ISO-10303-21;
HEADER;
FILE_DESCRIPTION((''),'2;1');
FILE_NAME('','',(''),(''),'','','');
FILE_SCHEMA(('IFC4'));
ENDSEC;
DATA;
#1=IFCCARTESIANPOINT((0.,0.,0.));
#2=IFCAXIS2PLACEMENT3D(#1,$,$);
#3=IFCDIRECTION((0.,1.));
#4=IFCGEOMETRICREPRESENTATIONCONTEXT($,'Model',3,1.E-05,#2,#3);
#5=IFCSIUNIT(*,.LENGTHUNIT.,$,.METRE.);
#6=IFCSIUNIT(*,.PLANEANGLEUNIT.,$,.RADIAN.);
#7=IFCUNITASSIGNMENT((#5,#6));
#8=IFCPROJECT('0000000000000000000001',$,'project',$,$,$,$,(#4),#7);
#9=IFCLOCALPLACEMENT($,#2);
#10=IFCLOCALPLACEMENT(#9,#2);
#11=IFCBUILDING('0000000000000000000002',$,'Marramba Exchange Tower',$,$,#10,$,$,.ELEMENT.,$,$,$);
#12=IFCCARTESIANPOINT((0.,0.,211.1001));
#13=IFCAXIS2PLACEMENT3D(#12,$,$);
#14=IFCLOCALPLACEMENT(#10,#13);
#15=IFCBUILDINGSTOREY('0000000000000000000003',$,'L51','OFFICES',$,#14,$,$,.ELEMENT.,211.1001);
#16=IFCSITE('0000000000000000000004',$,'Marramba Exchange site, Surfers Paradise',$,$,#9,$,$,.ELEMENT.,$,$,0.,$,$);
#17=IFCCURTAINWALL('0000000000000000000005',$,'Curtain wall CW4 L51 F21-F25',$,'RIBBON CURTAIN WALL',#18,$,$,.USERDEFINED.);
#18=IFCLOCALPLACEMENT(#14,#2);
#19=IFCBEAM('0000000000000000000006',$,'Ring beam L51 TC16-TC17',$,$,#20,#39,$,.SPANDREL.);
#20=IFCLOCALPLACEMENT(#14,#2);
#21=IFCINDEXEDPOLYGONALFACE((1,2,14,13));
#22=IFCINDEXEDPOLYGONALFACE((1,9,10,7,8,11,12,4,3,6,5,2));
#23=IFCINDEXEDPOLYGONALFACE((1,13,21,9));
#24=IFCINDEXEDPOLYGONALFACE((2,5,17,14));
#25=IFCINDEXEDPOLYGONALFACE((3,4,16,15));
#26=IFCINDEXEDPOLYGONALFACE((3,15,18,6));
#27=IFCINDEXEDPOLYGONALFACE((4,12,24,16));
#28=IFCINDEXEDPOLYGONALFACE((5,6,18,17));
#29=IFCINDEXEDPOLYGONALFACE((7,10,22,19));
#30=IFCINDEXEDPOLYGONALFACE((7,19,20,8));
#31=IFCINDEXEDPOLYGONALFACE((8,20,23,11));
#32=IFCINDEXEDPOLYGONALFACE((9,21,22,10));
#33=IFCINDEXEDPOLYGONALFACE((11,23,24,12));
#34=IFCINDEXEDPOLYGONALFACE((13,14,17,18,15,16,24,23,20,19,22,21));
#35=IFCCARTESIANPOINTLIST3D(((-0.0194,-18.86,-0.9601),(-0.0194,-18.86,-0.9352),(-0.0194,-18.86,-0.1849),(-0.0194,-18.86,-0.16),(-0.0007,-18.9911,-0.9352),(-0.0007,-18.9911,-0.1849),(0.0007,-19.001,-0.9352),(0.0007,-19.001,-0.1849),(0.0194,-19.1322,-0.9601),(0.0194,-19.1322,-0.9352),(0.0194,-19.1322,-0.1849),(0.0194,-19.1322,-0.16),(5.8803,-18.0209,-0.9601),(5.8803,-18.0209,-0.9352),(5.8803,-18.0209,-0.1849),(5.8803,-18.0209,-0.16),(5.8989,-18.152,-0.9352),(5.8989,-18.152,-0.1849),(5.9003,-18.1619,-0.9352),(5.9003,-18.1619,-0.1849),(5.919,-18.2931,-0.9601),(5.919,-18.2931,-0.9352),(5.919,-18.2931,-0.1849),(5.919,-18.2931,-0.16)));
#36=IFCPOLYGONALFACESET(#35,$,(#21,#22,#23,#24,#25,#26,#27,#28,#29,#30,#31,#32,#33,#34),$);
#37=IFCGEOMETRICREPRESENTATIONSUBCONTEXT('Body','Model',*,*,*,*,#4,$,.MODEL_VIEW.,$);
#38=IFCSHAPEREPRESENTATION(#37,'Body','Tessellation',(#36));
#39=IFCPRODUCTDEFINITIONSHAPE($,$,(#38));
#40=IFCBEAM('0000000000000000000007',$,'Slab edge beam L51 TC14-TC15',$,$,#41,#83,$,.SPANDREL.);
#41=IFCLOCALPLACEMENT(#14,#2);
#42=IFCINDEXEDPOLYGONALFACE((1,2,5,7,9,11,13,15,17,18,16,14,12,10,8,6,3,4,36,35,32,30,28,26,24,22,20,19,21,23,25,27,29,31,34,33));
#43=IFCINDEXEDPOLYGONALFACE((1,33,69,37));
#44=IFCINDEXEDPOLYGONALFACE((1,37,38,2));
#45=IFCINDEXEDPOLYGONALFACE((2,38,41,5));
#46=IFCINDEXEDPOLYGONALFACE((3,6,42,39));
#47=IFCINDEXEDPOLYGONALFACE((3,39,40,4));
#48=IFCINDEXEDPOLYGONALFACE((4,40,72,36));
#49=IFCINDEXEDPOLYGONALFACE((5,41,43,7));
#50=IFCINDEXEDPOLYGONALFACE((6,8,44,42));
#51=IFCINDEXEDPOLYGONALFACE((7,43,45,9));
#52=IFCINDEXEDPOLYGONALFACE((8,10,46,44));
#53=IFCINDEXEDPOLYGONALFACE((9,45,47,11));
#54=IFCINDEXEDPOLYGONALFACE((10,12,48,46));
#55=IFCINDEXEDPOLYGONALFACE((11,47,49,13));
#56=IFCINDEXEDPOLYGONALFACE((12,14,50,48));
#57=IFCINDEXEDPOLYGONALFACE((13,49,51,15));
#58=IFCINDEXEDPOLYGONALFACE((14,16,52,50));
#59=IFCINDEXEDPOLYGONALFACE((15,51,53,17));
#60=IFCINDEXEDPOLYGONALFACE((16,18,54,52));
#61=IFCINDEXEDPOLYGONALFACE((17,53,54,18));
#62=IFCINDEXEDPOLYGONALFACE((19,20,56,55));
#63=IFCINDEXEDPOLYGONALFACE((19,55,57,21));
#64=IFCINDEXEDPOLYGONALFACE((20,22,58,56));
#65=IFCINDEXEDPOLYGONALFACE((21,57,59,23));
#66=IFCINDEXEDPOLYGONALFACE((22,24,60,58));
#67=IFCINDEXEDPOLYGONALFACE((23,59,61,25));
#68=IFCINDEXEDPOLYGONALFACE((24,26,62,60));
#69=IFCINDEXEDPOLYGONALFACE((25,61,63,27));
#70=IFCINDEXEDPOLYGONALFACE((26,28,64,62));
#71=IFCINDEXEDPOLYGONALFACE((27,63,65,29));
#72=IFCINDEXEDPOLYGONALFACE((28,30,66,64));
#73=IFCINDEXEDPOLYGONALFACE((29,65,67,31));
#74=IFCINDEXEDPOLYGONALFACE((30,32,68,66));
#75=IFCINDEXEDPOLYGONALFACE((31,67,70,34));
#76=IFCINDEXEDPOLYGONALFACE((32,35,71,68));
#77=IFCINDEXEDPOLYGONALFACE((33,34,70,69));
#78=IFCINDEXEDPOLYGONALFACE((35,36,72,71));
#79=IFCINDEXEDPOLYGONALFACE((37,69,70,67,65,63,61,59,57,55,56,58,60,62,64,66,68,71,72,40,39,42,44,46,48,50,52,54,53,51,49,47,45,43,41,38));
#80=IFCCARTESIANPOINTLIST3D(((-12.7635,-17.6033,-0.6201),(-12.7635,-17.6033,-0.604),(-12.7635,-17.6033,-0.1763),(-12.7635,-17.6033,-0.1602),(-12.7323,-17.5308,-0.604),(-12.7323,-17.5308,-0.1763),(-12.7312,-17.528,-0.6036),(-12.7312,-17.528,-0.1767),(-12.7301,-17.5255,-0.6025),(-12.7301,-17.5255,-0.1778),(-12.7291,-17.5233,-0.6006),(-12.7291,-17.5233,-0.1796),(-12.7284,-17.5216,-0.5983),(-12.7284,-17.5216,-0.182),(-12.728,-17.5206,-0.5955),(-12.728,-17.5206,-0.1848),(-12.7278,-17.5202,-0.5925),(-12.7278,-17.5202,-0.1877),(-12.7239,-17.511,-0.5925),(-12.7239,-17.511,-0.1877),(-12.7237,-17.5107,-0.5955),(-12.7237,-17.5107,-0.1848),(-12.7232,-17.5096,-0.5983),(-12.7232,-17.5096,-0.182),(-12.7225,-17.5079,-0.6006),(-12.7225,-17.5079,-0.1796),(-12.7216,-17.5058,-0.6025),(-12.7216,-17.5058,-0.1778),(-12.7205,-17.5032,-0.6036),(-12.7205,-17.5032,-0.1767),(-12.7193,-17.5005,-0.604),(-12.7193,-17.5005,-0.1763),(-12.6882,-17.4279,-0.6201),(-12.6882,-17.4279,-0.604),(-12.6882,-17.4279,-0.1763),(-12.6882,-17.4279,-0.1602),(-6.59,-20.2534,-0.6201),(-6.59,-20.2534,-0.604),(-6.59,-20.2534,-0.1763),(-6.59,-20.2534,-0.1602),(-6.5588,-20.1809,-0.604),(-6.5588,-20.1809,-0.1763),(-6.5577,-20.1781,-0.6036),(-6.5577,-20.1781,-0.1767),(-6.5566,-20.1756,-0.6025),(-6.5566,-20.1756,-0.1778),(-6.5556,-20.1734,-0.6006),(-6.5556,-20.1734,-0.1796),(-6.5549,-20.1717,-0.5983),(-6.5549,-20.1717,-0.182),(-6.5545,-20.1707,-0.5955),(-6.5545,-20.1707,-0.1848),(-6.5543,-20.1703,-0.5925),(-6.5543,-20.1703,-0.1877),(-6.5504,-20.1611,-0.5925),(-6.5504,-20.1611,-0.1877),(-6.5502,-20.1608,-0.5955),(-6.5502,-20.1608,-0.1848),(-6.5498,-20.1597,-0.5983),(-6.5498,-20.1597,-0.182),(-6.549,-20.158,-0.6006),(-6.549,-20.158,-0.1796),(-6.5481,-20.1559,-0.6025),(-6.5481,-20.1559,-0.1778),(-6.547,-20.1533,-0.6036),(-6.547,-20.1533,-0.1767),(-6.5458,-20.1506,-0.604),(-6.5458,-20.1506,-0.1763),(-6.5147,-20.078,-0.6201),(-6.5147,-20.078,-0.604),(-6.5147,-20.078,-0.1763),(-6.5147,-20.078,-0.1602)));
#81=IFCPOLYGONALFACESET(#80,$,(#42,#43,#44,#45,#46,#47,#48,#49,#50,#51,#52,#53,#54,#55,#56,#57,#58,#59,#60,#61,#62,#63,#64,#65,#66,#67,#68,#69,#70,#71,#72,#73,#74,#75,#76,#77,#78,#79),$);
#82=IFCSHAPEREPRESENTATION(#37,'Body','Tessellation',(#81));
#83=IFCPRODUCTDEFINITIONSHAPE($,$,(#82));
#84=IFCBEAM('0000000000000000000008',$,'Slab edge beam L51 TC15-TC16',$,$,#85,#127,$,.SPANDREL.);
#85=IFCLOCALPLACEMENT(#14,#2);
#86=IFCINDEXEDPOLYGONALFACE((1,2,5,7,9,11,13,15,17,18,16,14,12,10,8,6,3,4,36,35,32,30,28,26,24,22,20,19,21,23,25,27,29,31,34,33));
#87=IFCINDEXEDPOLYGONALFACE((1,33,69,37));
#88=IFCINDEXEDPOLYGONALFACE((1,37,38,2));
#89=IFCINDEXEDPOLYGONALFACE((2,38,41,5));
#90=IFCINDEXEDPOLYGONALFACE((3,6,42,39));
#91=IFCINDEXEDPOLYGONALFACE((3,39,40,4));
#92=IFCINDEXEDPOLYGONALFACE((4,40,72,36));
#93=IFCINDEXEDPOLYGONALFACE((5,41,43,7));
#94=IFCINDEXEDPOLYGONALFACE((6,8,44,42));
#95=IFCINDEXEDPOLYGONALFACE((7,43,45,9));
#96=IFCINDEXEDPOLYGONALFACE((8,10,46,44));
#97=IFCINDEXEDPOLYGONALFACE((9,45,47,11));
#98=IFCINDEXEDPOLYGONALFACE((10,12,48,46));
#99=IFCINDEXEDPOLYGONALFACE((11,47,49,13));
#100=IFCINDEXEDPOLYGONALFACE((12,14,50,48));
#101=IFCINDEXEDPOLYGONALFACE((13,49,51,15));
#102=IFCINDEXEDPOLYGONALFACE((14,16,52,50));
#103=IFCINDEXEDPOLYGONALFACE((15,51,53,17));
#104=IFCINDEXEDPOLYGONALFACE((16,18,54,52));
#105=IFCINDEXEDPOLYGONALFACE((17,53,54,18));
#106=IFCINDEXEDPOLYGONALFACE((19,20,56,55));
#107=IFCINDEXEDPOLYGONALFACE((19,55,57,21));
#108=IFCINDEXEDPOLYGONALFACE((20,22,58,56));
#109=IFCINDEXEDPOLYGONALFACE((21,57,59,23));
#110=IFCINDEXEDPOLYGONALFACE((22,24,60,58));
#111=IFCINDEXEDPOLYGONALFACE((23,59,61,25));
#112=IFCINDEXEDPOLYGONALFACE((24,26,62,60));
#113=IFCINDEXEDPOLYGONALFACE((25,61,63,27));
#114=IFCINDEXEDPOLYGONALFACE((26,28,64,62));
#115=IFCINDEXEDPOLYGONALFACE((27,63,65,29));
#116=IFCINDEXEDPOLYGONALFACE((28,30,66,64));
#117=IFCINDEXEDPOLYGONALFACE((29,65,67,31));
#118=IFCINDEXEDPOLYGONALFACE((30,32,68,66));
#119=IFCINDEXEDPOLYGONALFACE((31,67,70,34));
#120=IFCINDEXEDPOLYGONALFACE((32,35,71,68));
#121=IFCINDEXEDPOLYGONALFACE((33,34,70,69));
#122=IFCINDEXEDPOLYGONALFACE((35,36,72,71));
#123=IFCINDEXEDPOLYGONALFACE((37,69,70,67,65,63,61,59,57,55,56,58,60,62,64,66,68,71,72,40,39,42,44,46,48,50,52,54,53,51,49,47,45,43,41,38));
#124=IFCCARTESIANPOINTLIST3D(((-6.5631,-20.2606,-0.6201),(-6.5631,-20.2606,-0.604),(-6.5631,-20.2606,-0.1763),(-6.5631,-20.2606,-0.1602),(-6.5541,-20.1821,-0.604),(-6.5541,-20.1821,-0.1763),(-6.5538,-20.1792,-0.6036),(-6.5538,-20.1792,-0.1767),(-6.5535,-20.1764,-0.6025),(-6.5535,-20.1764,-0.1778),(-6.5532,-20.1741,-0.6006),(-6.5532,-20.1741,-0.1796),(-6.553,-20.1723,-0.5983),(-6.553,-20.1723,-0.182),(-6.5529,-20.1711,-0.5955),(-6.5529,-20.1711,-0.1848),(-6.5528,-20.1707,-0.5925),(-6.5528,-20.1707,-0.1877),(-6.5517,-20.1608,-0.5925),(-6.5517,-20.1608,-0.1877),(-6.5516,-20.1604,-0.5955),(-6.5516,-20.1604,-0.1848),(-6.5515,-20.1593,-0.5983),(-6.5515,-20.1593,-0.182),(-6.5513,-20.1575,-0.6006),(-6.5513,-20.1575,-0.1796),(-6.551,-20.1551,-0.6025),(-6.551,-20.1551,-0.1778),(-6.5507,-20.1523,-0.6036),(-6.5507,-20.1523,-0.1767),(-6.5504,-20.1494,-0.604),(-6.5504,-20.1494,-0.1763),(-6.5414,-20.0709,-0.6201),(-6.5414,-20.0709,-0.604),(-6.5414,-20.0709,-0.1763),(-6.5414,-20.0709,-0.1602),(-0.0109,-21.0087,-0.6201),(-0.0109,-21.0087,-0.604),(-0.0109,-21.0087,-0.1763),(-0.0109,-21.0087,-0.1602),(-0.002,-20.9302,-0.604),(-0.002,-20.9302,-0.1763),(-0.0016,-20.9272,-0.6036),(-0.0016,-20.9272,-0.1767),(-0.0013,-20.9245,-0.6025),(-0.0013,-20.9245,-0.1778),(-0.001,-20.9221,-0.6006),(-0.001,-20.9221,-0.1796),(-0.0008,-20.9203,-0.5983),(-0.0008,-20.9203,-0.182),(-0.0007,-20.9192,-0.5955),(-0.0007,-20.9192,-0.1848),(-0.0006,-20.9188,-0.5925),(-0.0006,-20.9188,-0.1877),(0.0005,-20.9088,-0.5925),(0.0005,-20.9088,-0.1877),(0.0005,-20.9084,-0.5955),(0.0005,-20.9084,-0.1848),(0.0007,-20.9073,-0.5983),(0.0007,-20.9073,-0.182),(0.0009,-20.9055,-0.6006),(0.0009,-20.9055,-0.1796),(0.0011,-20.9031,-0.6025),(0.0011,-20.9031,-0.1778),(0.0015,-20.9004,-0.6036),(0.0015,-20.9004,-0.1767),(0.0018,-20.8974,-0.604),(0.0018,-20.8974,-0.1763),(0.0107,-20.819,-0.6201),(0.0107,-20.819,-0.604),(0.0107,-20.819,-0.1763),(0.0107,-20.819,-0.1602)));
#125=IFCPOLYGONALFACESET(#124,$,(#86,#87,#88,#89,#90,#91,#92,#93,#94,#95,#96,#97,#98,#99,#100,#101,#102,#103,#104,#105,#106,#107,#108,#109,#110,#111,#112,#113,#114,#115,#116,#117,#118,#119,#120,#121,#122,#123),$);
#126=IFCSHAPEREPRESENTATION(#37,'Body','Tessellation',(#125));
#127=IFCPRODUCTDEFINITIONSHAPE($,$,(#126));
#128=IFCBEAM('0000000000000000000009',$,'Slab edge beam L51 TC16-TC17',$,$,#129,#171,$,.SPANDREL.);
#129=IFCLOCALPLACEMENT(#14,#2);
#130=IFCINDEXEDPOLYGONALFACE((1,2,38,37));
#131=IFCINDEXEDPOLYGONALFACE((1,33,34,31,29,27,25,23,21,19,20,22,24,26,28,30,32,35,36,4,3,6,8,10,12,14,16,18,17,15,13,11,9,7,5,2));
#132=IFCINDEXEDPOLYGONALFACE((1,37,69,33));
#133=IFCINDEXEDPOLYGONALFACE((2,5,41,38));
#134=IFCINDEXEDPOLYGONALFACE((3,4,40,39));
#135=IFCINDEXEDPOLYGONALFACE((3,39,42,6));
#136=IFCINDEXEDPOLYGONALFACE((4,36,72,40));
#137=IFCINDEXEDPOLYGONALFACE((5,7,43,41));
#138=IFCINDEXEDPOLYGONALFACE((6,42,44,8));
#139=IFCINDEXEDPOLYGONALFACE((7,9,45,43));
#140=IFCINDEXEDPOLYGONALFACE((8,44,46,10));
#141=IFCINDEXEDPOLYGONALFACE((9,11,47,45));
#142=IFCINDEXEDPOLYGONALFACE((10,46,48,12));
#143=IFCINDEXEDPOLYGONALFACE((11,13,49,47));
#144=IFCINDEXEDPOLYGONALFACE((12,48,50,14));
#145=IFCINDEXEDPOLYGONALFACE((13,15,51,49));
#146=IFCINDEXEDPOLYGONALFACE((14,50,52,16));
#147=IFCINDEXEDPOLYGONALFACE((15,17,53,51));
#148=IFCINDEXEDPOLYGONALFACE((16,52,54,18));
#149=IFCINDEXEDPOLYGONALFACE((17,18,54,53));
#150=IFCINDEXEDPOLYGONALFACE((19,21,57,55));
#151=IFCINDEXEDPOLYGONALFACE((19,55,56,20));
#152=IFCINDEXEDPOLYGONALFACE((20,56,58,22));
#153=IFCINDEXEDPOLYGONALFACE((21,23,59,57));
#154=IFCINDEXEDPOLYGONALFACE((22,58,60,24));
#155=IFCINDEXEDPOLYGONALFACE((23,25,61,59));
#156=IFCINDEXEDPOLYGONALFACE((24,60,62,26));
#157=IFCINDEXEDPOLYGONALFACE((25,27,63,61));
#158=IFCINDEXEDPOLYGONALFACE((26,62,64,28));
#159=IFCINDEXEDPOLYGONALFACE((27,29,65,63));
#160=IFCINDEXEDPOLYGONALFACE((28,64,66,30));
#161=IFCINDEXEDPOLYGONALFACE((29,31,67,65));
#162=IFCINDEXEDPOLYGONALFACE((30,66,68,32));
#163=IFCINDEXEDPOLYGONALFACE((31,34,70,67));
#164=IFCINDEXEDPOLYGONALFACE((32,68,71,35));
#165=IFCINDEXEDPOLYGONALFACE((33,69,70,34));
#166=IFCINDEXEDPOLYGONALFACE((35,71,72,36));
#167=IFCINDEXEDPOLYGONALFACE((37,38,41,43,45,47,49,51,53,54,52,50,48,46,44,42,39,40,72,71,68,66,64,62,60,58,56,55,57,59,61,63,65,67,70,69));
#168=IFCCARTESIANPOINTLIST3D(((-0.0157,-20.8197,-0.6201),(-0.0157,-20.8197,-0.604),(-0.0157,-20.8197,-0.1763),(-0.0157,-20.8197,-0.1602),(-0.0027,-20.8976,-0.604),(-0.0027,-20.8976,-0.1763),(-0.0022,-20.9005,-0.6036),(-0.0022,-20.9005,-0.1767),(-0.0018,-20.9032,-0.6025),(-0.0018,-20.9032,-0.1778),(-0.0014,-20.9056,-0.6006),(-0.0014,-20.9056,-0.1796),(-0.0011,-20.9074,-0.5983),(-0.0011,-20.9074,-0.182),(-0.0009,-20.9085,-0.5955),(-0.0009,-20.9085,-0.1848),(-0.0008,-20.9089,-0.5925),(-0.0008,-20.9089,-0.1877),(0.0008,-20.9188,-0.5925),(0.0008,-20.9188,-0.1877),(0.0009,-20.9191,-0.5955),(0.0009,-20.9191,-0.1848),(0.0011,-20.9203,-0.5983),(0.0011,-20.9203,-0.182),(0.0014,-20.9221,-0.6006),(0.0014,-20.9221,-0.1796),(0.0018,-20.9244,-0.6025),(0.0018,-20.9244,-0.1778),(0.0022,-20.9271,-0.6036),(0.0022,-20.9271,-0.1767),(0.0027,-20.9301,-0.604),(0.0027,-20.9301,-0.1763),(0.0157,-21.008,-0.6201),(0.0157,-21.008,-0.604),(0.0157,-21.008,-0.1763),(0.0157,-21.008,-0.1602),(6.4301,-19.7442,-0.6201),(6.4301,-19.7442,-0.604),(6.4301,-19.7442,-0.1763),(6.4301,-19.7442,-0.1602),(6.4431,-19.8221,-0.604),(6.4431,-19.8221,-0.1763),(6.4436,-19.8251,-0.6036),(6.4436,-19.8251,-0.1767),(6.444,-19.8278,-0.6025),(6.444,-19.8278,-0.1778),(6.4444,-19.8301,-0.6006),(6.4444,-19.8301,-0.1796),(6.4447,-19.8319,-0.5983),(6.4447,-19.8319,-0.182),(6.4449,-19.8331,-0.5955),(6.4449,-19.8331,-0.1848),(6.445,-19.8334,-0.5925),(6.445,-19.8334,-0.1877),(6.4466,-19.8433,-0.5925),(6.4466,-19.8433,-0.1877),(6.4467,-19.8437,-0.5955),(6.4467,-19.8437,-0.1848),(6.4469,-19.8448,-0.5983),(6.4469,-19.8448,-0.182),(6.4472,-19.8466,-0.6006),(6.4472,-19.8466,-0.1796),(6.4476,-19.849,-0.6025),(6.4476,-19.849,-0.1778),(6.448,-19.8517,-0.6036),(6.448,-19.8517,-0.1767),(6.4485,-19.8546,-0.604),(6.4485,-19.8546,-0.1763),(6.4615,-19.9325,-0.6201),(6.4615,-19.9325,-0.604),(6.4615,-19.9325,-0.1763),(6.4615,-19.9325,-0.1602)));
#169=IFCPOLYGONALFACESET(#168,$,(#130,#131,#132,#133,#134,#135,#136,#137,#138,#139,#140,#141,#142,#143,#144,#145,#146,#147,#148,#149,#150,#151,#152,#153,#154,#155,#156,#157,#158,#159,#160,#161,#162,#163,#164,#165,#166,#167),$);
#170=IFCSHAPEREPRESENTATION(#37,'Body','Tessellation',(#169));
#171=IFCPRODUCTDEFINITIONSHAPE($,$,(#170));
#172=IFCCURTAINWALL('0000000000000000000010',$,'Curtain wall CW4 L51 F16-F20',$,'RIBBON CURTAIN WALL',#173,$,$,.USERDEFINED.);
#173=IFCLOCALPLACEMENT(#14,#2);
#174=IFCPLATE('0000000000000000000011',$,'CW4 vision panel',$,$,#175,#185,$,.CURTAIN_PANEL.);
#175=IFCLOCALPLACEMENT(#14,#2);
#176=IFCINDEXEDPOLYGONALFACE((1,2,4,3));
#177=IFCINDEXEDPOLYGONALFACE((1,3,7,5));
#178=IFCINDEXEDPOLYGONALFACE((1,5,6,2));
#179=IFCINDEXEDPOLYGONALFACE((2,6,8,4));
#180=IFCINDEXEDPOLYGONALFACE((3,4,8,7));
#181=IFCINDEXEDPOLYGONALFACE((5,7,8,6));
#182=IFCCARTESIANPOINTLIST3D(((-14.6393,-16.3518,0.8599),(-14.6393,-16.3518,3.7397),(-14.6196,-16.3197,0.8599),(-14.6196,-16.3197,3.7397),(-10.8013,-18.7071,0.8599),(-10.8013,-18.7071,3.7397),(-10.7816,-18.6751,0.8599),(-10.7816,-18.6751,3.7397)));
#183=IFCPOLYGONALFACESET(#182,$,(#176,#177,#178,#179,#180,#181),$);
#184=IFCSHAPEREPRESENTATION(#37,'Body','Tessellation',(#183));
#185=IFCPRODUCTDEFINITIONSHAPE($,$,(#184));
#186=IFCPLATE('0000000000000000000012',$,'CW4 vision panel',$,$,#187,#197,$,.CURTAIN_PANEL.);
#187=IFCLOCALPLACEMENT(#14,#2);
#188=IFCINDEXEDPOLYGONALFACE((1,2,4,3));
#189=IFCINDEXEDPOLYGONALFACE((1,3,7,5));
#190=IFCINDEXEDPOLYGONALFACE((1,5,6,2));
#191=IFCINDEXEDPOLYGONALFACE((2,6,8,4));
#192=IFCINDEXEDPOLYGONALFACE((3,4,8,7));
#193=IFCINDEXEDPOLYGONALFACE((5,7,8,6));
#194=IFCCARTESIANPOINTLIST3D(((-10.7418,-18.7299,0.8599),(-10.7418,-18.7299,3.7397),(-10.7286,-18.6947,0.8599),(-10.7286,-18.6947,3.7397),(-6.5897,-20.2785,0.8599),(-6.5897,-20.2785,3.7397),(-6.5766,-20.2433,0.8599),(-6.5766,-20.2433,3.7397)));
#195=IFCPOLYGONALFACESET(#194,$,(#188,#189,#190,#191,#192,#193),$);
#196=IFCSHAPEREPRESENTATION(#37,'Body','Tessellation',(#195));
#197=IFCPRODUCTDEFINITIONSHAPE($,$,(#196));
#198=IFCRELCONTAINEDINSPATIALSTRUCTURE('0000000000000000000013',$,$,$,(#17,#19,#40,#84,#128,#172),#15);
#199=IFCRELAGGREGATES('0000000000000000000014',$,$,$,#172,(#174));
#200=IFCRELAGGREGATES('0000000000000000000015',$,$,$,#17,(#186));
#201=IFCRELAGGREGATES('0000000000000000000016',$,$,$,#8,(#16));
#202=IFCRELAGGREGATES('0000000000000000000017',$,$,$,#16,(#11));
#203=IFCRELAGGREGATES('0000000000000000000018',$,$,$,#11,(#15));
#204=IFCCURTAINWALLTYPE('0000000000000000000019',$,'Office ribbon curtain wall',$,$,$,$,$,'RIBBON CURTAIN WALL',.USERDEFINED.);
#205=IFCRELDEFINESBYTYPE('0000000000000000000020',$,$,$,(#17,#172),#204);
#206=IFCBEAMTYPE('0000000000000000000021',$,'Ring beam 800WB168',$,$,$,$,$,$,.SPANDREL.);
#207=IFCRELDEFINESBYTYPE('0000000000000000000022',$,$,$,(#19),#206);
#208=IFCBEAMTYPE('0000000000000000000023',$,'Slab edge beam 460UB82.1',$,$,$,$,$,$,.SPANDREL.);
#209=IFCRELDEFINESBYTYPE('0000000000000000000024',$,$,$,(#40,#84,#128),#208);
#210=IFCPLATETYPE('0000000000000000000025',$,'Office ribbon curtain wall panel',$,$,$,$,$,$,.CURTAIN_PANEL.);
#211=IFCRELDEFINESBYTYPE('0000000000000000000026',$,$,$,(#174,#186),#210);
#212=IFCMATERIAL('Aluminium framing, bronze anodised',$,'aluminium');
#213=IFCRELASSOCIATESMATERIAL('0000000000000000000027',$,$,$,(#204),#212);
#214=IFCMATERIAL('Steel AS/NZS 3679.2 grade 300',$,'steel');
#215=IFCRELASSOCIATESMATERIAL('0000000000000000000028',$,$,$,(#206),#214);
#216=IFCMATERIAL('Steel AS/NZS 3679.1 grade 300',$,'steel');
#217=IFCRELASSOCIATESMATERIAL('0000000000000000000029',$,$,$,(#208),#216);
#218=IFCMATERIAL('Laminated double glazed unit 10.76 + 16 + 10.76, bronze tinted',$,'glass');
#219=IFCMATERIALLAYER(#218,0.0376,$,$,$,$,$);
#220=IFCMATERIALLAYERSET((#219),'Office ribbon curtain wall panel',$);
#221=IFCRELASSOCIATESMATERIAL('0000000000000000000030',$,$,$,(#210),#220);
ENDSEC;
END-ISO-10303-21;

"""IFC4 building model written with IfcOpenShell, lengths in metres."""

from ifc_helpers import new_model, si_unit, direction, frame, origin, origin_2d, place, context, subcontext, project, spatial, rectangle, i_section, extrude, material, layer, layer_set, material_profile, profile_set, type_object, element, aggregate, save


model = new_model("IFC4")

# Units and contexts
model_context = context("Model", 3, precision=1e-05, world=origin(), true_north=direction((0.0, 1.0)))
body_context = subcontext(model_context, "Body", "Model", "MODEL_VIEW")
ifc_project = project(units=[si_unit("LENGTHUNIT", "METRE"), si_unit("PLANEANGLEUNIT", "RADIAN")], contexts=[model_context])

# Site, building, storey
site_placement = place(None, origin())
site = spatial("IfcSite", under=ifc_project, at=site_placement, Name="Marramba Exchange site, Surfers Paradise", CompositionType="ELEMENT", RefElevation=0.0)
building_placement = place(site_placement, origin())
building = spatial("IfcBuilding", under=site, at=building_placement, Name="Marramba Exchange Tower", CompositionType="ELEMENT")
storey_placement = place(building_placement, frame((0.0, 0.0, 211.1001)))
storey = spatial("IfcBuildingStorey", under=building, at=storey_placement, Name="L51", Description="OFFICES", CompositionType="ELEMENT", Elevation=211.1001)

# Shared definitions
ifc_material_1 = material(Name="Steel AS/NZS 3679.2 grade 300", Category="steel")

# Curtain wall
ifc_material_2 = material(Name="Aluminium framing, bronze anodised", Category="aluminium")
curtain_wall_type = type_object("IfcCurtainWallType", Name="Office ribbon curtain wall", ElementType="RIBBON CURTAIN WALL", PredefinedType="USERDEFINED", material=ifc_material_2)
curtain_wall_1_placement = place(storey_placement, origin())
curtain_wall_1 = element("IfcCurtainWall", 1, at=curtain_wall_1_placement, inside=storey, type_object=curtain_wall_type, Name="Curtain wall CW4 L51 F21-F25", ObjectType="RIBBON CURTAIN WALL", PredefinedType="USERDEFINED")

# Beams
ifc_material_profile_1 = material_profile(ifc_material_1, i_section(OverallWidth=0.2749, OverallDepth=0.8, WebThickness=0.01, FlangeThickness=0.0249, at=origin_2d()), Name="800WB168")
ifc_profile_set_1 = profile_set([ifc_material_profile_1], Name="Steel AS/NZS 3679.2 grade 300")
beam_type_1 = type_object("IfcBeamType", Name="Ring beam 800WB168", PredefinedType="SPANDREL", material=ifc_profile_set_1)
for number, where, z_axis, x_axis, name in (
    (2, (0.0, -18.9961, -0.5601), (0.990036, 0.140813, 0.0), (-0.140813, 0.990036, 0.0), "Ring beam L51 TC16-TC17"),
):
    element("IfcBeam", number, at=place(storey_placement, frame(where, z_axis=z_axis, x_axis=x_axis)), inside=storey, type_object=beam_type_1, Name=name, PredefinedType="SPANDREL", context=body_context, shape_type="SweptSolid", body=[
        extrude(i_section(OverallWidth=0.2749, OverallDepth=0.8, WebThickness=0.01, FlangeThickness=0.0249, at=origin_2d()), origin(), (0.0, 0.0, 1.0), 5.959),
    ])
ifc_material_3 = material(Name="Steel AS/NZS 3679.1 grade 300", Category="steel")
ifc_material_profile_2 = material_profile(ifc_material_3, i_section(OverallWidth=0.1909, OverallDepth=0.46, WebThickness=0.01, FlangeThickness=0.0161, FilletRadius=0.0115, at=origin_2d()), Name="460UB82.1")
ifc_profile_set_2 = profile_set([ifc_material_profile_2], Name="Steel AS/NZS 3679.1 grade 300")
beam_type_2 = type_object("IfcBeamType", Name="Slab edge beam 460UB82.1", PredefinedType="SPANDREL", material=ifc_profile_set_2)
beam_1_placement = place(storey_placement, frame((-12.7258, -17.5156, -0.3901), z_axis=(0.918912, -0.394463, 0.0), x_axis=(0.394463, 0.918912, 0.0)))
element("IfcBeam", 3, at=beam_1_placement, inside=storey, type_object=beam_type_2, Name="Slab edge beam L51 TC14-TC15", PredefinedType="SPANDREL", context=body_context, shape_type="SweptSolid", body=[
    extrude(i_section(OverallWidth=0.1909, OverallDepth=0.46, WebThickness=0.01, FlangeThickness=0.0161, FilletRadius=0.0115, at=origin_2d()), origin(), (0.0, 0.0, 1.0), 6.7183),
])
beam_2_placement = place(storey_placement, frame((-6.5522, -20.1658, -0.3901), z_axis=(0.993546, -0.11343, 0.0), x_axis=(0.11343, 0.993546, 0.0)))
element("IfcBeam", 4, at=beam_2_placement, inside=storey, type_object=beam_type_2, Name="Slab edge beam L51 TC15-TC16", PredefinedType="SPANDREL", context=body_context, shape_type="SweptSolid", body=[
    extrude(i_section(OverallWidth=0.1909, OverallDepth=0.46, WebThickness=0.01, FlangeThickness=0.0161, FilletRadius=0.0115, at=origin_2d()), origin(), (0.0, 0.0, 1.0), 6.5947),
])
beam_3_placement = place(storey_placement, frame((0.0, -20.9138, -0.3901), z_axis=(0.986366, 0.164569, 0.0), x_axis=(-0.164569, 0.986366, 0.0)))
element("IfcBeam", 5, at=beam_3_placement, inside=storey, type_object=beam_type_2, Name="Slab edge beam L51 TC16-TC17", PredefinedType="SPANDREL", context=body_context, shape_type="SweptSolid", body=[
    extrude(i_section(OverallWidth=0.1909, OverallDepth=0.46, WebThickness=0.01, FlangeThickness=0.0161, FilletRadius=0.0115, at=origin_2d()), origin(), (0.0, 0.0, 1.0), 6.5349),
])

# Curtain wall, plate
curtain_wall_2_placement = place(storey_placement, origin())
curtain_wall_2 = element("IfcCurtainWall", 6, at=curtain_wall_2_placement, inside=storey, type_object=curtain_wall_type, Name="Curtain wall CW4 L51 F16-F20", ObjectType="RIBBON CURTAIN WALL", PredefinedType="USERDEFINED")
ifc_material_4 = material(Name="Laminated double glazed unit 10.76 + 16 + 10.76, bronze tinted", Category="glass")
ifc_layer_1 = layer(ifc_material_4, 0.0376)
ifc_layer_set_1 = layer_set([ifc_layer_1], Name="Office ribbon curtain wall panel")
plate_type = type_object("IfcPlateType", Name="Office ribbon curtain wall panel", PredefinedType="CURTAIN_PANEL", material=ifc_layer_set_1)
plate_1_placement = place(storey_placement, frame((-12.7104, -17.5134, 0.8599), z_axis=(0.0, 0.0, 1.0), x_axis=(0.852301, -0.523052, 0.0)))
plate_1 = element("IfcPlate", 7, at=plate_1_placement, type_object=plate_type, Name="CW4 vision panel", PredefinedType="CURTAIN_PANEL", context=body_context, shape_type="SweptSolid", body=[
    extrude(rectangle(XDim=4.5032, YDim=0.0376, at=origin_2d()), origin(), (0.0, 0.0, 1.0), 2.8799),
])
aggregate(curtain_wall_2, [plate_1])

# Plate
plate_2_placement = place(storey_placement, frame((-8.6592, -19.4866, 0.8599), z_axis=(0.0, 0.0, 1.0), x_axis=(0.936952, -0.349459, 0.0)))
plate_2 = element("IfcPlate", 8, at=plate_2_placement, type_object=plate_type, Name="CW4 vision panel", PredefinedType="CURTAIN_PANEL", context=body_context, shape_type="SweptSolid", body=[
    extrude(rectangle(XDim=4.4314, YDim=0.0376, at=origin_2d()), origin(), (0.0, 0.0, 1.0), 2.8799),
])
aggregate(curtain_wall_1, [plate_2])

save(model, "model.ifc")
